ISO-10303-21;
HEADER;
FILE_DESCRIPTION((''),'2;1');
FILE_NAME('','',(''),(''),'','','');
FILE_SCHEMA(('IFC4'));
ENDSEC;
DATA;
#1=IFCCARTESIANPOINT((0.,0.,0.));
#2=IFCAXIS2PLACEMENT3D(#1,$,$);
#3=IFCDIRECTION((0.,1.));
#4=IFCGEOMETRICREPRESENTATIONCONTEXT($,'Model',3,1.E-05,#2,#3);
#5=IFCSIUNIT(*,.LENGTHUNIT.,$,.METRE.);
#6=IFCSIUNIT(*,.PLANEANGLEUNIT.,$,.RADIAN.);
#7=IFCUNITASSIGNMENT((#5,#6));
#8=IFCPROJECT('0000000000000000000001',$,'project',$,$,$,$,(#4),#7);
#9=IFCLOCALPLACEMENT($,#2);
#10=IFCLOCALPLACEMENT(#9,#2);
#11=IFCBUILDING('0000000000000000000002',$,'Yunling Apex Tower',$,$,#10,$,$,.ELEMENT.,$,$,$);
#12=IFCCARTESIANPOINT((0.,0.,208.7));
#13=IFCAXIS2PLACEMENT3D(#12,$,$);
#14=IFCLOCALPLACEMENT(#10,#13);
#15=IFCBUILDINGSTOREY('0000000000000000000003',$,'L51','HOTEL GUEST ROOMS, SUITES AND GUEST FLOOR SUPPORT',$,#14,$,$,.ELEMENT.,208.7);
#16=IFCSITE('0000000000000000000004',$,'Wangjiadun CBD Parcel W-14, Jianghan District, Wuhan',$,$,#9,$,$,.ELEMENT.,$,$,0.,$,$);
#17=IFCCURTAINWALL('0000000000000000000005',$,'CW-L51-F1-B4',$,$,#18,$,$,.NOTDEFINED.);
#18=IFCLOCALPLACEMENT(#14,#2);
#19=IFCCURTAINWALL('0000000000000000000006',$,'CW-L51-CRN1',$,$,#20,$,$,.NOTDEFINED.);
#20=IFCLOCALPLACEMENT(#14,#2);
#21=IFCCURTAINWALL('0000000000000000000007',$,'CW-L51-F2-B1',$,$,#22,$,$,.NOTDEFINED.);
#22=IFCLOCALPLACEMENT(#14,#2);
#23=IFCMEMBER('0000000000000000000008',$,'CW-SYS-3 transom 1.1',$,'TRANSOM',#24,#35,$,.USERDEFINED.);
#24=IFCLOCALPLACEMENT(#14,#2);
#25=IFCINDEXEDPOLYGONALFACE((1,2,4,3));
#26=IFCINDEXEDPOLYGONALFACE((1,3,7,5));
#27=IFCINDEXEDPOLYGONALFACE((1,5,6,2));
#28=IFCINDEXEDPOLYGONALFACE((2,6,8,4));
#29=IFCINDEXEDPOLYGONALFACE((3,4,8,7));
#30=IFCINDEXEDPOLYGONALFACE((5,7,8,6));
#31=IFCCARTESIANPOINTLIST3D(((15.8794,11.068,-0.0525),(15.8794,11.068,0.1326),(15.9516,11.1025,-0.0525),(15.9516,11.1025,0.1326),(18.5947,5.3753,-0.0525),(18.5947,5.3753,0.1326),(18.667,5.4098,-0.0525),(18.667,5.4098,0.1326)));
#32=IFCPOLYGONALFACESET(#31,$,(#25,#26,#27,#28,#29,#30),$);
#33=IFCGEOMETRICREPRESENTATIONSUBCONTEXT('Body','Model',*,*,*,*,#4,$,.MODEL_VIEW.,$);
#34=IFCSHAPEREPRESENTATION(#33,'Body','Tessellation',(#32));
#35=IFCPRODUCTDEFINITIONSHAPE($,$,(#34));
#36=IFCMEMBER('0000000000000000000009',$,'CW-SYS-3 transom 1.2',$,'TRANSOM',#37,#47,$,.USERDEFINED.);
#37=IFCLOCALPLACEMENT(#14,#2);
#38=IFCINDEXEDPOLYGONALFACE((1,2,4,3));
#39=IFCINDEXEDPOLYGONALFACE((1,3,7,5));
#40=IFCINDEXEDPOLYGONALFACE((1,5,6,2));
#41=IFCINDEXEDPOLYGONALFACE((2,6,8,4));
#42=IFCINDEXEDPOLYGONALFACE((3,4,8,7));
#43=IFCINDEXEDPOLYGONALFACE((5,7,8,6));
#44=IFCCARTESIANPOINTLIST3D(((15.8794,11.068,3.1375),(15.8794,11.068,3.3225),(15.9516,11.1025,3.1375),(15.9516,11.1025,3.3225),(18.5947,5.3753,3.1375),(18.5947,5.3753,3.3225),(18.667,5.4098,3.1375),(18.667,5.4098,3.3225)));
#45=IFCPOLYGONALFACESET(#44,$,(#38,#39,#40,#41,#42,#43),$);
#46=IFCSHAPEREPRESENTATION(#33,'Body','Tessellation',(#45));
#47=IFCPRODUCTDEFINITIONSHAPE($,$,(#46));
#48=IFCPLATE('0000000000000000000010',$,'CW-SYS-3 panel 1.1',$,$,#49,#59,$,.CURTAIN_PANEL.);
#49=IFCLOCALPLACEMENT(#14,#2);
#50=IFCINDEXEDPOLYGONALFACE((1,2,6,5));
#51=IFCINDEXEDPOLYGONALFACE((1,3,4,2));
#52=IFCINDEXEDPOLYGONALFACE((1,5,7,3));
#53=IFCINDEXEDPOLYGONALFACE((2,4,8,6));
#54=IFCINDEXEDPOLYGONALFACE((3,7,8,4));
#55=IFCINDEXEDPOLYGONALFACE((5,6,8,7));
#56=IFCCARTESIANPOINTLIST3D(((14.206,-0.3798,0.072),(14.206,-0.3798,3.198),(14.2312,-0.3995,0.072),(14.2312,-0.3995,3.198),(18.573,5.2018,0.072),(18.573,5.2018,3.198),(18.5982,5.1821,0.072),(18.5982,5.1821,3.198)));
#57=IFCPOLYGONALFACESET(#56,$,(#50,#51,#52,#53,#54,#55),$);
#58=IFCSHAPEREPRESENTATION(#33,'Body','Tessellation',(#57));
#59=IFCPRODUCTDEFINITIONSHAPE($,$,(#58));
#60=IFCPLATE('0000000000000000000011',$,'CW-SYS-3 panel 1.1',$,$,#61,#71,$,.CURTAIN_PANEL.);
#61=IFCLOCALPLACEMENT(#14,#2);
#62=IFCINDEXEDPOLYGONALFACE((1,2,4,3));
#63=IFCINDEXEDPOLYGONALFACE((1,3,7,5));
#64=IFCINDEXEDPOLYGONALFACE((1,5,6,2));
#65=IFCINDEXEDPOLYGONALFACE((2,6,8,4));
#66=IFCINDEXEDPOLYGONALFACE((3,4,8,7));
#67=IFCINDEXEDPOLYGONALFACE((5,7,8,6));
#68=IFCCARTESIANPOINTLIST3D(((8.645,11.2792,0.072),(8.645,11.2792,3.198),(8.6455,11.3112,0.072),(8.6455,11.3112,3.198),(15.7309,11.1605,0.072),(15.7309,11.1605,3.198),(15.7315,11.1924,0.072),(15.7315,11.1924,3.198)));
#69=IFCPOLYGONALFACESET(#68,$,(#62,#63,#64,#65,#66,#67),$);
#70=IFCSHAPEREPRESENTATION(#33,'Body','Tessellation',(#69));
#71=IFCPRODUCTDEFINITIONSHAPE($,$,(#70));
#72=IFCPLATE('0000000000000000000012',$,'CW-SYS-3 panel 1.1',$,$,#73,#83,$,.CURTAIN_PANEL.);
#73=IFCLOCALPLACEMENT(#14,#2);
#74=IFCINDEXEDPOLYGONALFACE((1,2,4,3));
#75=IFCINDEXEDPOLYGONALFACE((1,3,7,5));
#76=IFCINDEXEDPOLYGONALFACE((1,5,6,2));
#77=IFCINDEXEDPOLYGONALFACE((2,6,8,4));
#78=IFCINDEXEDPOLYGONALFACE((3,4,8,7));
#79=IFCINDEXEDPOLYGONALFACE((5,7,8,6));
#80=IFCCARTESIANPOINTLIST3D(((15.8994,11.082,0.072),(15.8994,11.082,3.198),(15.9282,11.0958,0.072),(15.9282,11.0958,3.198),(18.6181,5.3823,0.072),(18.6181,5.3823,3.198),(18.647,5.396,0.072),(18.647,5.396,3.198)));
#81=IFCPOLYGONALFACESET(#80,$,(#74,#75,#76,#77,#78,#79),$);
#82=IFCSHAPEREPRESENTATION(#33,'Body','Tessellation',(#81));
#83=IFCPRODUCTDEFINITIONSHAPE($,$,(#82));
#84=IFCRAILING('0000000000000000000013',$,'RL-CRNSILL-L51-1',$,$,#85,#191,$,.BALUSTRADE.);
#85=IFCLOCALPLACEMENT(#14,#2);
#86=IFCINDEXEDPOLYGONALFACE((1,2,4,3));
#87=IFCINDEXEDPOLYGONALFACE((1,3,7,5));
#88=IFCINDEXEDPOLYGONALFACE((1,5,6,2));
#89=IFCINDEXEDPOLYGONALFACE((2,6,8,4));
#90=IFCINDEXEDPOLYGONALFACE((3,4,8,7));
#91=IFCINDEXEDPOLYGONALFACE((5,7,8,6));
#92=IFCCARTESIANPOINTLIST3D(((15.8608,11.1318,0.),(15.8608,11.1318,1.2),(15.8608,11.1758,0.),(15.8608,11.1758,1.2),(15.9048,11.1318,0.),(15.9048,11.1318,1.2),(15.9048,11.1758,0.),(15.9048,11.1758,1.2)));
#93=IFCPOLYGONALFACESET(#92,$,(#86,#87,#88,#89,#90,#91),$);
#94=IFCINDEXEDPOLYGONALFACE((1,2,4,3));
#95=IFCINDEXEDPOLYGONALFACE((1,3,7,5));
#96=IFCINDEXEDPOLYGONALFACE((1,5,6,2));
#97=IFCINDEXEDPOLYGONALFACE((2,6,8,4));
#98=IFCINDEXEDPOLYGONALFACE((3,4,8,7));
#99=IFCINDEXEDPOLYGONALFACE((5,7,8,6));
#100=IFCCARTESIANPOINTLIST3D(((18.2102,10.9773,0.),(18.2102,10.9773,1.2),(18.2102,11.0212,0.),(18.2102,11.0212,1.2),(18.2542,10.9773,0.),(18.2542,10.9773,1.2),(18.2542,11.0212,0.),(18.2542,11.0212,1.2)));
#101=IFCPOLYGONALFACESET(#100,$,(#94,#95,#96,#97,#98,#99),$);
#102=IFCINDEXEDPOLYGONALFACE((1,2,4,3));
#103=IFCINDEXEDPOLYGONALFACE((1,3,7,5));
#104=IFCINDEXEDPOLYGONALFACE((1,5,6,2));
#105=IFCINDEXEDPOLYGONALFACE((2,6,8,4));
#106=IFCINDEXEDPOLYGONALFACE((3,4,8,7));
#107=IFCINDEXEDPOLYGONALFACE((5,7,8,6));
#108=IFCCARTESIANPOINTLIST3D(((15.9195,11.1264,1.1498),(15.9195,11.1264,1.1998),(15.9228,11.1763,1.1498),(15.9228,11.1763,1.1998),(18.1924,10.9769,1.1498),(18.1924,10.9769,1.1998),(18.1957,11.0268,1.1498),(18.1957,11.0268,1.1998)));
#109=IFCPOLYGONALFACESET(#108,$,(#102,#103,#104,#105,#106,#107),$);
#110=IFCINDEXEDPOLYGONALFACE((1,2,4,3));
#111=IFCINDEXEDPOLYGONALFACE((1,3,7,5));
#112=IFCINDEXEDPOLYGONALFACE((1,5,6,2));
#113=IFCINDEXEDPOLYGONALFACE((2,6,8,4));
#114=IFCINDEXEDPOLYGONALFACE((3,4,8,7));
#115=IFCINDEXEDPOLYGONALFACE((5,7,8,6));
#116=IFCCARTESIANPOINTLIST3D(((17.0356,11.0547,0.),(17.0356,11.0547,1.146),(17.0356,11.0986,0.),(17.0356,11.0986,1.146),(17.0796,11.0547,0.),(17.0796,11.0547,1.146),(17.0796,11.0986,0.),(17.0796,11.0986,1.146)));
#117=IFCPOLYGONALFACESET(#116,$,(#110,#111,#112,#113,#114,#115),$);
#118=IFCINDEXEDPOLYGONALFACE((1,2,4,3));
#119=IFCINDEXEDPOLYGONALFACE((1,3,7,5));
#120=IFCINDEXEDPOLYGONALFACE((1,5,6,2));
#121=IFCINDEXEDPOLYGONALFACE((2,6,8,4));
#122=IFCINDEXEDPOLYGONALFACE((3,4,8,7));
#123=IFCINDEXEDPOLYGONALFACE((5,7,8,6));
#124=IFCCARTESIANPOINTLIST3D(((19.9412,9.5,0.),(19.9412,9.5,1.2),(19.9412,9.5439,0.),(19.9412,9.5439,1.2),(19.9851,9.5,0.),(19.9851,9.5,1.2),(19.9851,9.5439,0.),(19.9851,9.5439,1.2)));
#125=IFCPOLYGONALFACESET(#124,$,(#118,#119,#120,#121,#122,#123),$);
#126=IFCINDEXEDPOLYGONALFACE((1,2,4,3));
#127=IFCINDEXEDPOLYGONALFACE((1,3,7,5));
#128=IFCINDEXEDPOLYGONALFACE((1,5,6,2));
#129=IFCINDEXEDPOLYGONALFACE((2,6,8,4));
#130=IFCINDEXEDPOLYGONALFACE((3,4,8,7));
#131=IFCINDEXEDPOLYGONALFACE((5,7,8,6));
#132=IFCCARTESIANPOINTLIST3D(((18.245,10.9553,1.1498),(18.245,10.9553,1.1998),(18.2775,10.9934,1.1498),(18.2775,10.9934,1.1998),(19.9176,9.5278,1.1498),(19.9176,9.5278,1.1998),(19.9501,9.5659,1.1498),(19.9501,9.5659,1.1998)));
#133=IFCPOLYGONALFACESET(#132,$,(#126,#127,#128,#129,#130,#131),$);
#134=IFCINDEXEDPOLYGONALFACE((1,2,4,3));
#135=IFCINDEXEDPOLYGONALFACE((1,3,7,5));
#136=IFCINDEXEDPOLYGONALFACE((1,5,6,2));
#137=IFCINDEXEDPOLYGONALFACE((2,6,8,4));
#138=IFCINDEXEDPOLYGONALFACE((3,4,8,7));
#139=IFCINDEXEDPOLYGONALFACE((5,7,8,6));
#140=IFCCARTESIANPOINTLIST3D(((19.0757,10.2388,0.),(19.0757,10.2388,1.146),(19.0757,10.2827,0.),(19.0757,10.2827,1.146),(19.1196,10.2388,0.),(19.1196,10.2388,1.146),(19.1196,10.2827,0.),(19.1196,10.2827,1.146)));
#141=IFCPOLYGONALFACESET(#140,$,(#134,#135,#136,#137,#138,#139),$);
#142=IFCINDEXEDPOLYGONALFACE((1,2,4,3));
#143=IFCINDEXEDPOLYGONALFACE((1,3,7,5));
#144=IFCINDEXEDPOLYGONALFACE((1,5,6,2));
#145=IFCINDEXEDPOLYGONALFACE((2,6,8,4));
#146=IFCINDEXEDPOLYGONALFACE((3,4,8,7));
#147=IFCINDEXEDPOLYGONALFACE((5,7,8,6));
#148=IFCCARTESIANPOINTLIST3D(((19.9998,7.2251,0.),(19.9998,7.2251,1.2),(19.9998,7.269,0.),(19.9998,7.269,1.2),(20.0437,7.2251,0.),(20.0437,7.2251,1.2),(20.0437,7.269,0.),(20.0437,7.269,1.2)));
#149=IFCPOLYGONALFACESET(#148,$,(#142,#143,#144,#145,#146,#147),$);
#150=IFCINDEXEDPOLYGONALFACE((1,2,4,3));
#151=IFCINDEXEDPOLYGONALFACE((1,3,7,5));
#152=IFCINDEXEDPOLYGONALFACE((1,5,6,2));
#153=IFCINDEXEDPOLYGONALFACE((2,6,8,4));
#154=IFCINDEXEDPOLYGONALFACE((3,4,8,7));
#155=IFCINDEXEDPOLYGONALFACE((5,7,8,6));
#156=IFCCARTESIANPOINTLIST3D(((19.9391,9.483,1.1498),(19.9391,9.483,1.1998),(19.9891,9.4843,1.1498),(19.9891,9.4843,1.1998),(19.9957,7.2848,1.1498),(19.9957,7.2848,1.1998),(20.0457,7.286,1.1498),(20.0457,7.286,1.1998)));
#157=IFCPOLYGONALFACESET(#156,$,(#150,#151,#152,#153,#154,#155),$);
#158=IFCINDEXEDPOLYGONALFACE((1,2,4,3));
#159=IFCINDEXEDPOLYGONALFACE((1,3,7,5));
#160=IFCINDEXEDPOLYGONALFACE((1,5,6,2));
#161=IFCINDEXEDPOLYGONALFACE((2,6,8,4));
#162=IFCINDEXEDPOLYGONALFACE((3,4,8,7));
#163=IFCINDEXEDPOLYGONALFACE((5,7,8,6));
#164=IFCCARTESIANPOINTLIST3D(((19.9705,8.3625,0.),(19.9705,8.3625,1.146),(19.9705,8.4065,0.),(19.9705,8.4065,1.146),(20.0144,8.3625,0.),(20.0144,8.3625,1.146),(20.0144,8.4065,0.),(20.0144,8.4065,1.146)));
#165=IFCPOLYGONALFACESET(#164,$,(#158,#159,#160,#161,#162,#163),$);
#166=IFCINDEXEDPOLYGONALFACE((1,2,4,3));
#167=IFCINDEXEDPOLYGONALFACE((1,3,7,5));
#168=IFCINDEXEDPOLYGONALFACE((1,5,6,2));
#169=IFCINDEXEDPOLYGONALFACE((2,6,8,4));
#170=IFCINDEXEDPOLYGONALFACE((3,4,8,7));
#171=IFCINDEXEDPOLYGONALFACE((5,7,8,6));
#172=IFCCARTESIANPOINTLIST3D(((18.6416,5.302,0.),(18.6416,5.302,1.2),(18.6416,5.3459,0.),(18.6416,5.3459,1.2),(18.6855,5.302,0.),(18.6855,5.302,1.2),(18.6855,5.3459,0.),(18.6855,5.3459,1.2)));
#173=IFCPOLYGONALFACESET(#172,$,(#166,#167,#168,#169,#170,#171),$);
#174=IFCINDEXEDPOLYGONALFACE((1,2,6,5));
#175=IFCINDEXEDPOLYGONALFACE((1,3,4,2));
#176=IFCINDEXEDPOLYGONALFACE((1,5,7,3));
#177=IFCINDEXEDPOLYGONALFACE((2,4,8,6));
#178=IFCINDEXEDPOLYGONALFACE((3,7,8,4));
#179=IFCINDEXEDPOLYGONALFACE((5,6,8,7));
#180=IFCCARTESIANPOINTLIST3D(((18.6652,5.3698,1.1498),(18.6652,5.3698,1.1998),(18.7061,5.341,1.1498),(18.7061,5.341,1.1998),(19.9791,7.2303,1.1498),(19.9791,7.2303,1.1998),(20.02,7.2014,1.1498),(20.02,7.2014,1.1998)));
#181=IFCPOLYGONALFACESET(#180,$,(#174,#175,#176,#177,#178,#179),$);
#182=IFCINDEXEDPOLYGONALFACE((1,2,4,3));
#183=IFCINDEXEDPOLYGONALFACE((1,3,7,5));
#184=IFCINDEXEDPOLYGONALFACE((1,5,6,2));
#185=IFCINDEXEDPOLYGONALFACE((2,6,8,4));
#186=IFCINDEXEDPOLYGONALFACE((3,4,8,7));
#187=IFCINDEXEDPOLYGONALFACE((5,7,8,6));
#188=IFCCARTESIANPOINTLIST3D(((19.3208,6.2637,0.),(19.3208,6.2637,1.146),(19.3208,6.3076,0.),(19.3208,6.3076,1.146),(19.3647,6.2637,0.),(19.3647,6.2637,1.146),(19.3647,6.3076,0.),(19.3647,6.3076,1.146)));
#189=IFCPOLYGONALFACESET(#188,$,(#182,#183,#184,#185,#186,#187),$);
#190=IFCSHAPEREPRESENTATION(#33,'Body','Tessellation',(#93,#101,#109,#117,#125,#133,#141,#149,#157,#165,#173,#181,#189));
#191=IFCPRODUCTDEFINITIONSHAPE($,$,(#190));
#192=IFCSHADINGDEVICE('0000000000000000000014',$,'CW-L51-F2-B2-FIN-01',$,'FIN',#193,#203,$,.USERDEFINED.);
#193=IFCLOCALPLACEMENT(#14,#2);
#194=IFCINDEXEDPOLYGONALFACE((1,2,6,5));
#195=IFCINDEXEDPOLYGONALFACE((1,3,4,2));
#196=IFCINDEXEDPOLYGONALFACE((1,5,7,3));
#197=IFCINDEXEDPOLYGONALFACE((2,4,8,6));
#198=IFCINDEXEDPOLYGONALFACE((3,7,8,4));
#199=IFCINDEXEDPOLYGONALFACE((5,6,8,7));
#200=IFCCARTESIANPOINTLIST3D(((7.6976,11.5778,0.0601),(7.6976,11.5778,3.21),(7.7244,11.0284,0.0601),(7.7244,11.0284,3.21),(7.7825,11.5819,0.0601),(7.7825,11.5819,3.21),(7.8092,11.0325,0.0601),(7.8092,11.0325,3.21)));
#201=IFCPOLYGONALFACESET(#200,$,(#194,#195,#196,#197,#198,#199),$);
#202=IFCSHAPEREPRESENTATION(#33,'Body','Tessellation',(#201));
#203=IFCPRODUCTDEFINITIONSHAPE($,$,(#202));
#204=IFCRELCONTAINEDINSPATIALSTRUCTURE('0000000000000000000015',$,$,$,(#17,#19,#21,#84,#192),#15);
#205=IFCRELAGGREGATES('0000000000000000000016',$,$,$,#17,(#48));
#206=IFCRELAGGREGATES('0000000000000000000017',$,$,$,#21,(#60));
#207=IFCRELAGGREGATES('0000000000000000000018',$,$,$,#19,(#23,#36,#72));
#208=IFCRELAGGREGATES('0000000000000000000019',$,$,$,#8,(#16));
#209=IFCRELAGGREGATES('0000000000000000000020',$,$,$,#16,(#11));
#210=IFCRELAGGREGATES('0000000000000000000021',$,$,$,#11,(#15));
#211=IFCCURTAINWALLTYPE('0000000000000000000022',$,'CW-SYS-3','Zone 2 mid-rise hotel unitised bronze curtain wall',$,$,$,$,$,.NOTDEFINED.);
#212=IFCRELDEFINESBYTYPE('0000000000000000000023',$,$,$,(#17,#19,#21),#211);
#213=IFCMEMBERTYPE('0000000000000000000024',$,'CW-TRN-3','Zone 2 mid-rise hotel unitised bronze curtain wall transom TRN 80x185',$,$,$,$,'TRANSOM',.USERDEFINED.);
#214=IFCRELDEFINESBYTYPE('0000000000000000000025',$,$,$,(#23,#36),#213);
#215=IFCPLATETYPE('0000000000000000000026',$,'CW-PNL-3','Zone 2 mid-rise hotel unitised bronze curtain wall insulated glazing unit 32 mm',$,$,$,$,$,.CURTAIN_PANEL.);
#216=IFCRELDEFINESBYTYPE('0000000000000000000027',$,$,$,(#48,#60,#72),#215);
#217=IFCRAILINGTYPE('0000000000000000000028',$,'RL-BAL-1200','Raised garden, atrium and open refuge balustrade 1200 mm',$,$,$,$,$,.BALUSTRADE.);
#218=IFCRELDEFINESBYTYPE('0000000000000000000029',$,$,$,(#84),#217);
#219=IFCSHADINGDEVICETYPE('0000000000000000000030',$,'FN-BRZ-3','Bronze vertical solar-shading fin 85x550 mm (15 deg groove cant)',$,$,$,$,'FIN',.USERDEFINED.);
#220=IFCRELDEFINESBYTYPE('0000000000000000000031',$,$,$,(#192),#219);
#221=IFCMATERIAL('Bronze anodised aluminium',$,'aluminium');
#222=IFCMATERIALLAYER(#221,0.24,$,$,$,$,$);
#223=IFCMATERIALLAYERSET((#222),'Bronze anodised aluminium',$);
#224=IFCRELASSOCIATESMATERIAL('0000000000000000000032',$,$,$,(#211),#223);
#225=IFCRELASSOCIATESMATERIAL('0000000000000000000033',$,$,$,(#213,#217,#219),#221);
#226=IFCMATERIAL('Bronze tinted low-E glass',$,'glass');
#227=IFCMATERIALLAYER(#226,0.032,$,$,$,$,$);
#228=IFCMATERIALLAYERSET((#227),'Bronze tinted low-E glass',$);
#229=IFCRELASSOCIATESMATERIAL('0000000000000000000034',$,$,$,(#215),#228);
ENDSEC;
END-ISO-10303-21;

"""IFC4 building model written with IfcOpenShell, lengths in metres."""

from ifc_helpers import new_model, si_unit, direction, frame, origin, origin_2d, place, context, subcontext, project, spatial, rectangle, extrude, source, transform, mapped, material, layer, layer_set, material_profile, profile_set, type_object, element, aggregate, save


model = new_model("IFC4")

# Units and contexts
model_context = context("Model", 3, precision=1e-05, world=origin(), true_north=direction((0.0, 1.0)))
body_context = subcontext(model_context, "Body", "Model", "MODEL_VIEW")
ifc_project = project(units=[si_unit("LENGTHUNIT", "METRE"), si_unit("PLANEANGLEUNIT", "RADIAN")], contexts=[model_context])

# Site, building, storey
site_placement = place(None, origin())
site = spatial("IfcSite", under=ifc_project, at=site_placement, Name="Wangjiadun CBD Parcel W-14, Jianghan District, Wuhan", CompositionType="ELEMENT", RefElevation=0.0)
building_placement = place(site_placement, origin())
building = spatial("IfcBuilding", under=site, at=building_placement, Name="Yunling Apex Tower", CompositionType="ELEMENT")
storey_placement = place(building_placement, frame((0.0, 0.0, 208.7)))
storey = spatial("IfcBuildingStorey", under=building, at=storey_placement, Name="L51", Description="HOTEL GUEST ROOMS, SUITES AND GUEST FLOOR SUPPORT", CompositionType="ELEMENT", Elevation=208.7)

# Curtain walls
ifc_material_1 = material(Name="Bronze anodised aluminium", Category="aluminium")
ifc_layer_1 = layer(ifc_material_1, 0.24)
ifc_layer_set_1 = layer_set([ifc_layer_1], Name="Bronze anodised aluminium")
curtain_wall_type = type_object("IfcCurtainWallType", Name="CW-SYS-3", Description="Zone 2 mid-rise hotel unitised bronze curtain wall", PredefinedType="NOTDEFINED", material=ifc_layer_set_1)
curtain_wall_1_placement = place(storey_placement, origin())
curtain_wall_1 = element("IfcCurtainWall", 1, at=curtain_wall_1_placement, inside=storey, type_object=curtain_wall_type, Name="CW-L51-F1-B4", PredefinedType="NOTDEFINED")
curtain_wall_2_placement = place(storey_placement, origin())
curtain_wall_2 = element("IfcCurtainWall", 2, at=curtain_wall_2_placement, inside=storey, type_object=curtain_wall_type, Name="CW-L51-CRN1", PredefinedType="NOTDEFINED")
curtain_wall_3_placement = place(storey_placement, origin())
curtain_wall_3 = element("IfcCurtainWall", 3, at=curtain_wall_3_placement, inside=storey, type_object=curtain_wall_type, Name="CW-L51-F2-B1", PredefinedType="NOTDEFINED")
ifc_material_profile_1 = material_profile(ifc_material_1, rectangle(XDim=0.0801, YDim=0.1851, at=origin_2d()))
ifc_profile_set_1 = profile_set([ifc_material_profile_1], Name="Bronze anodised aluminium")
member_type_1 = type_object("IfcMemberType", Name="CW-TRN-3", Description="Zone 2 mid-rise hotel unitised bronze curtain wall transom TRN 80x185", ElementType="TRANSOM", PredefinedType="USERDEFINED", material=ifc_profile_set_1)

# Members
shared_shape_1 = source(origin(), body_context, "Body", "SweptSolid", [
    extrude(rectangle(XDim=0.0801, YDim=0.1851, at=origin_2d()), origin(), (0.0, 0.0, 1.0), 6.3071),
])
member_1_placement = place(storey_placement, frame((18.6309, 5.3926, 0.04), z_axis=(-0.430522, 0.90258, 0.0), x_axis=(-0.90258, -0.430522, 0.0)))
member_1 = element("IfcMember", 4, at=member_1_placement, type_object=member_type_1, Name="CW-SYS-3 transom 1.1", ObjectType="TRANSOM", PredefinedType="USERDEFINED", context=body_context, shape_type="MappedRepresentation", body=[
    mapped(shared_shape_1, transform((0.0, 0.0, 0.0), scale=1.0)),
])
member_2_placement = place(storey_placement, frame((18.6309, 5.3926, 3.23), z_axis=(-0.430522, 0.90258, 0.0), x_axis=(-0.90258, -0.430522, 0.0)))
member_2 = element("IfcMember", 5, at=member_2_placement, type_object=member_type_1, Name="CW-SYS-3 transom 1.2", ObjectType="TRANSOM", PredefinedType="USERDEFINED", context=body_context, shape_type="MappedRepresentation", body=[
    mapped(shared_shape_1, transform((0.0, 0.0, 0.0), scale=1.0)),
])

# Plates
ifc_material_2 = material(Name="Bronze tinted low-E glass", Category="glass")
ifc_layer_2 = layer(ifc_material_2, 0.032)
ifc_layer_set_2 = layer_set([ifc_layer_2], Name="Bronze tinted low-E glass")
plate_type = type_object("IfcPlateType", Name="CW-PNL-3", Description="Zone 2 mid-rise hotel unitised bronze curtain wall insulated glazing unit 32 mm", PredefinedType="CURTAIN_PANEL", material=ifc_layer_set_2)
shared_shape_2 = source(origin(), body_context, "Body", "SweptSolid", [
    extrude(rectangle(XDim=7.0869, YDim=0.032, at=origin_2d()), origin(), (0.0, 0.0, 1.0), 3.126),
])
plate_1_placement = place(storey_placement, frame((16.4021, 2.4011, 0.072), z_axis=(0.0, 0.0, 1.0), x_axis=(0.6162, 0.787589, 0.0)))
plate_1 = element("IfcPlate", 6, at=plate_1_placement, type_object=plate_type, Name="CW-SYS-3 panel 1.1", PredefinedType="CURTAIN_PANEL", context=body_context, shape_type="MappedRepresentation", body=[
    mapped(shared_shape_2, transform((0.0, 0.0, 0.0), scale=1.0)),
])
aggregate(curtain_wall_1, [plate_1])
plate_2_placement = place(storey_placement, frame((12.1882, 11.2358, 0.072), z_axis=(0.0, 0.0, 1.0), x_axis=(-0.99986, 0.016761, 0.0)))
plate_2 = element("IfcPlate", 7, at=plate_2_placement, type_object=plate_type, Name="CW-SYS-3 panel 1.1", PredefinedType="CURTAIN_PANEL", context=body_context, shape_type="MappedRepresentation", body=[
    mapped(shared_shape_2, transform((0.0, 0.0, 0.0), scale=1.0)),
])
aggregate(curtain_wall_3, [plate_2])
shared_shape_3 = source(origin(), body_context, "Body", "SweptSolid", [
    extrude(rectangle(XDim=6.3149, YDim=0.032, at=origin_2d()), origin(), (0.0, 0.0, 1.0), 3.126),
])
plate_3_placement = place(storey_placement, frame((17.2732, 8.239, 0.072), z_axis=(0.0, 0.0, 1.0), x_axis=(-0.430527, 0.902578, 0.0)))
plate_3 = element("IfcPlate", 8, at=plate_3_placement, type_object=plate_type, Name="CW-SYS-3 panel 1.1", PredefinedType="CURTAIN_PANEL", context=body_context, shape_type="MappedRepresentation", body=[
    mapped(shared_shape_3, transform((0.0, 0.0, 0.0), scale=1.0)),
])
aggregate(curtain_wall_2, [member_1, member_2, plate_3])

# Railing
railing_type = type_object("IfcRailingType", Name="RL-BAL-1200", Description="Raised garden, atrium and open refuge balustrade 1200 mm", PredefinedType="BALUSTRADE", material=ifc_material_1)
railing_placement = place(storey_placement, frame((15.8828, 11.1538, 0.0)))
element("IfcRailing", 9, at=railing_placement, inside=storey, type_object=railing_type, Name="RL-CRNSILL-L51-1", PredefinedType="BALUSTRADE", context=body_context, shape_type="SweptSolid", body=[
    extrude(rectangle(XDim=0.0439, YDim=0.0439, at=origin_2d()), origin(), (0.0, 0.0, 1.0), 1.2),
    extrude(rectangle(XDim=0.0439, YDim=0.0439, at=origin_2d()), frame((2.3494, -0.1545, 0.0)), (0.0, 0.0, 1.0), 1.2),
    extrude(rectangle(XDim=0.05, YDim=0.05, at=origin_2d()), frame((0.0383, -0.0024, 1.1748), z_axis=(0.997843, -0.065638, 0.0), x_axis=(0.065638, 0.997843, 0.0)), (0.0, 0.0, 1.0), 2.2778),
    extrude(rectangle(XDim=0.0439, YDim=0.0439, at=origin_2d()), frame((1.1748, -0.0771, 0.0)), (0.0, 0.0, 1.0), 1.146),
    extrude(rectangle(XDim=0.0439, YDim=0.0439, at=origin_2d()), frame((4.0803, -1.6318, 0.0)), (0.0, 0.0, 1.0), 1.2),
    extrude(rectangle(XDim=0.05, YDim=0.05, at=origin_2d()), frame((2.3784, -0.1794, 1.1748), z_axis=(0.760641, -0.649173, 0.0), x_axis=(0.649173, 0.760641, 0.0)), (0.0, 0.0, 1.0), 2.199),
    extrude(rectangle(XDim=0.0439, YDim=0.0439, at=origin_2d()), frame((3.2148, -0.8931, 0.0)), (0.0, 0.0, 1.0), 1.146),
    extrude(rectangle(XDim=0.0439, YDim=0.0439, at=origin_2d()), frame((4.1389, -3.9067, 0.0)), (0.0, 0.0, 1.0), 1.2),
    extrude(rectangle(XDim=0.05, YDim=0.05, at=origin_2d()), frame((4.0813, -1.6702, 1.1748), z_axis=(0.025748, -0.999668, 0.0), x_axis=(0.999668, 0.025748, 0.0)), (0.0, 0.0, 1.0), 2.199),
    extrude(rectangle(XDim=0.0439, YDim=0.0439, at=origin_2d()), frame((4.1096, -2.7693, 0.0)), (0.0, 0.0, 1.0), 1.146),
    extrude(rectangle(XDim=0.0439, YDim=0.0439, at=origin_2d()), frame((2.7808, -5.8298, 0.0)), (0.0, 0.0, 1.0), 1.2),
    extrude(rectangle(XDim=0.05, YDim=0.05, at=origin_2d()), frame((4.1167, -3.938, 1.1748), z_axis=(-0.576875, -0.816833, 0.0), x_axis=(0.816833, -0.576875, 0.0)), (0.0, 0.0, 1.0), 2.2776),
    extrude(rectangle(XDim=0.0439, YDim=0.0439, at=origin_2d()), frame((3.46, -4.8682, 0.0)), (0.0, 0.0, 1.0), 1.146),
])

# Shading device
ifc_material_profile_2 = material_profile(ifc_material_1, rectangle(XDim=0.085, YDim=0.55, at=origin_2d()))
ifc_profile_set_2 = profile_set([ifc_material_profile_2], Name="Bronze anodised aluminium")
shading_device_type = type_object("IfcShadingDeviceType", Name="FN-BRZ-3", Description="Bronze vertical solar-shading fin 85x550 mm (15 deg groove cant)", ElementType="FIN", PredefinedType="USERDEFINED", material=ifc_profile_set_2)
shared_shape_4 = source(origin(), body_context, "Body", "SweptSolid", [
    extrude(rectangle(XDim=0.085, YDim=0.55, at=origin_2d()), origin(), (0.0, 0.0, 1.0), 3.1499),
])
shading_device_placement = place(storey_placement, frame((7.7534, 11.3052, 0.0601), z_axis=(0.0, 0.0, 1.0), x_axis=(-0.998815, -0.048675, 0.0)))
element("IfcShadingDevice", 10, at=shading_device_placement, inside=storey, type_object=shading_device_type, Name="CW-L51-F2-B2-FIN-01", ObjectType="FIN", PredefinedType="USERDEFINED", context=body_context, shape_type="MappedRepresentation", body=[
    mapped(shared_shape_4, transform((0.0, 0.0, 0.0), scale=1.0)),
])

save(model, "model.ifc")
